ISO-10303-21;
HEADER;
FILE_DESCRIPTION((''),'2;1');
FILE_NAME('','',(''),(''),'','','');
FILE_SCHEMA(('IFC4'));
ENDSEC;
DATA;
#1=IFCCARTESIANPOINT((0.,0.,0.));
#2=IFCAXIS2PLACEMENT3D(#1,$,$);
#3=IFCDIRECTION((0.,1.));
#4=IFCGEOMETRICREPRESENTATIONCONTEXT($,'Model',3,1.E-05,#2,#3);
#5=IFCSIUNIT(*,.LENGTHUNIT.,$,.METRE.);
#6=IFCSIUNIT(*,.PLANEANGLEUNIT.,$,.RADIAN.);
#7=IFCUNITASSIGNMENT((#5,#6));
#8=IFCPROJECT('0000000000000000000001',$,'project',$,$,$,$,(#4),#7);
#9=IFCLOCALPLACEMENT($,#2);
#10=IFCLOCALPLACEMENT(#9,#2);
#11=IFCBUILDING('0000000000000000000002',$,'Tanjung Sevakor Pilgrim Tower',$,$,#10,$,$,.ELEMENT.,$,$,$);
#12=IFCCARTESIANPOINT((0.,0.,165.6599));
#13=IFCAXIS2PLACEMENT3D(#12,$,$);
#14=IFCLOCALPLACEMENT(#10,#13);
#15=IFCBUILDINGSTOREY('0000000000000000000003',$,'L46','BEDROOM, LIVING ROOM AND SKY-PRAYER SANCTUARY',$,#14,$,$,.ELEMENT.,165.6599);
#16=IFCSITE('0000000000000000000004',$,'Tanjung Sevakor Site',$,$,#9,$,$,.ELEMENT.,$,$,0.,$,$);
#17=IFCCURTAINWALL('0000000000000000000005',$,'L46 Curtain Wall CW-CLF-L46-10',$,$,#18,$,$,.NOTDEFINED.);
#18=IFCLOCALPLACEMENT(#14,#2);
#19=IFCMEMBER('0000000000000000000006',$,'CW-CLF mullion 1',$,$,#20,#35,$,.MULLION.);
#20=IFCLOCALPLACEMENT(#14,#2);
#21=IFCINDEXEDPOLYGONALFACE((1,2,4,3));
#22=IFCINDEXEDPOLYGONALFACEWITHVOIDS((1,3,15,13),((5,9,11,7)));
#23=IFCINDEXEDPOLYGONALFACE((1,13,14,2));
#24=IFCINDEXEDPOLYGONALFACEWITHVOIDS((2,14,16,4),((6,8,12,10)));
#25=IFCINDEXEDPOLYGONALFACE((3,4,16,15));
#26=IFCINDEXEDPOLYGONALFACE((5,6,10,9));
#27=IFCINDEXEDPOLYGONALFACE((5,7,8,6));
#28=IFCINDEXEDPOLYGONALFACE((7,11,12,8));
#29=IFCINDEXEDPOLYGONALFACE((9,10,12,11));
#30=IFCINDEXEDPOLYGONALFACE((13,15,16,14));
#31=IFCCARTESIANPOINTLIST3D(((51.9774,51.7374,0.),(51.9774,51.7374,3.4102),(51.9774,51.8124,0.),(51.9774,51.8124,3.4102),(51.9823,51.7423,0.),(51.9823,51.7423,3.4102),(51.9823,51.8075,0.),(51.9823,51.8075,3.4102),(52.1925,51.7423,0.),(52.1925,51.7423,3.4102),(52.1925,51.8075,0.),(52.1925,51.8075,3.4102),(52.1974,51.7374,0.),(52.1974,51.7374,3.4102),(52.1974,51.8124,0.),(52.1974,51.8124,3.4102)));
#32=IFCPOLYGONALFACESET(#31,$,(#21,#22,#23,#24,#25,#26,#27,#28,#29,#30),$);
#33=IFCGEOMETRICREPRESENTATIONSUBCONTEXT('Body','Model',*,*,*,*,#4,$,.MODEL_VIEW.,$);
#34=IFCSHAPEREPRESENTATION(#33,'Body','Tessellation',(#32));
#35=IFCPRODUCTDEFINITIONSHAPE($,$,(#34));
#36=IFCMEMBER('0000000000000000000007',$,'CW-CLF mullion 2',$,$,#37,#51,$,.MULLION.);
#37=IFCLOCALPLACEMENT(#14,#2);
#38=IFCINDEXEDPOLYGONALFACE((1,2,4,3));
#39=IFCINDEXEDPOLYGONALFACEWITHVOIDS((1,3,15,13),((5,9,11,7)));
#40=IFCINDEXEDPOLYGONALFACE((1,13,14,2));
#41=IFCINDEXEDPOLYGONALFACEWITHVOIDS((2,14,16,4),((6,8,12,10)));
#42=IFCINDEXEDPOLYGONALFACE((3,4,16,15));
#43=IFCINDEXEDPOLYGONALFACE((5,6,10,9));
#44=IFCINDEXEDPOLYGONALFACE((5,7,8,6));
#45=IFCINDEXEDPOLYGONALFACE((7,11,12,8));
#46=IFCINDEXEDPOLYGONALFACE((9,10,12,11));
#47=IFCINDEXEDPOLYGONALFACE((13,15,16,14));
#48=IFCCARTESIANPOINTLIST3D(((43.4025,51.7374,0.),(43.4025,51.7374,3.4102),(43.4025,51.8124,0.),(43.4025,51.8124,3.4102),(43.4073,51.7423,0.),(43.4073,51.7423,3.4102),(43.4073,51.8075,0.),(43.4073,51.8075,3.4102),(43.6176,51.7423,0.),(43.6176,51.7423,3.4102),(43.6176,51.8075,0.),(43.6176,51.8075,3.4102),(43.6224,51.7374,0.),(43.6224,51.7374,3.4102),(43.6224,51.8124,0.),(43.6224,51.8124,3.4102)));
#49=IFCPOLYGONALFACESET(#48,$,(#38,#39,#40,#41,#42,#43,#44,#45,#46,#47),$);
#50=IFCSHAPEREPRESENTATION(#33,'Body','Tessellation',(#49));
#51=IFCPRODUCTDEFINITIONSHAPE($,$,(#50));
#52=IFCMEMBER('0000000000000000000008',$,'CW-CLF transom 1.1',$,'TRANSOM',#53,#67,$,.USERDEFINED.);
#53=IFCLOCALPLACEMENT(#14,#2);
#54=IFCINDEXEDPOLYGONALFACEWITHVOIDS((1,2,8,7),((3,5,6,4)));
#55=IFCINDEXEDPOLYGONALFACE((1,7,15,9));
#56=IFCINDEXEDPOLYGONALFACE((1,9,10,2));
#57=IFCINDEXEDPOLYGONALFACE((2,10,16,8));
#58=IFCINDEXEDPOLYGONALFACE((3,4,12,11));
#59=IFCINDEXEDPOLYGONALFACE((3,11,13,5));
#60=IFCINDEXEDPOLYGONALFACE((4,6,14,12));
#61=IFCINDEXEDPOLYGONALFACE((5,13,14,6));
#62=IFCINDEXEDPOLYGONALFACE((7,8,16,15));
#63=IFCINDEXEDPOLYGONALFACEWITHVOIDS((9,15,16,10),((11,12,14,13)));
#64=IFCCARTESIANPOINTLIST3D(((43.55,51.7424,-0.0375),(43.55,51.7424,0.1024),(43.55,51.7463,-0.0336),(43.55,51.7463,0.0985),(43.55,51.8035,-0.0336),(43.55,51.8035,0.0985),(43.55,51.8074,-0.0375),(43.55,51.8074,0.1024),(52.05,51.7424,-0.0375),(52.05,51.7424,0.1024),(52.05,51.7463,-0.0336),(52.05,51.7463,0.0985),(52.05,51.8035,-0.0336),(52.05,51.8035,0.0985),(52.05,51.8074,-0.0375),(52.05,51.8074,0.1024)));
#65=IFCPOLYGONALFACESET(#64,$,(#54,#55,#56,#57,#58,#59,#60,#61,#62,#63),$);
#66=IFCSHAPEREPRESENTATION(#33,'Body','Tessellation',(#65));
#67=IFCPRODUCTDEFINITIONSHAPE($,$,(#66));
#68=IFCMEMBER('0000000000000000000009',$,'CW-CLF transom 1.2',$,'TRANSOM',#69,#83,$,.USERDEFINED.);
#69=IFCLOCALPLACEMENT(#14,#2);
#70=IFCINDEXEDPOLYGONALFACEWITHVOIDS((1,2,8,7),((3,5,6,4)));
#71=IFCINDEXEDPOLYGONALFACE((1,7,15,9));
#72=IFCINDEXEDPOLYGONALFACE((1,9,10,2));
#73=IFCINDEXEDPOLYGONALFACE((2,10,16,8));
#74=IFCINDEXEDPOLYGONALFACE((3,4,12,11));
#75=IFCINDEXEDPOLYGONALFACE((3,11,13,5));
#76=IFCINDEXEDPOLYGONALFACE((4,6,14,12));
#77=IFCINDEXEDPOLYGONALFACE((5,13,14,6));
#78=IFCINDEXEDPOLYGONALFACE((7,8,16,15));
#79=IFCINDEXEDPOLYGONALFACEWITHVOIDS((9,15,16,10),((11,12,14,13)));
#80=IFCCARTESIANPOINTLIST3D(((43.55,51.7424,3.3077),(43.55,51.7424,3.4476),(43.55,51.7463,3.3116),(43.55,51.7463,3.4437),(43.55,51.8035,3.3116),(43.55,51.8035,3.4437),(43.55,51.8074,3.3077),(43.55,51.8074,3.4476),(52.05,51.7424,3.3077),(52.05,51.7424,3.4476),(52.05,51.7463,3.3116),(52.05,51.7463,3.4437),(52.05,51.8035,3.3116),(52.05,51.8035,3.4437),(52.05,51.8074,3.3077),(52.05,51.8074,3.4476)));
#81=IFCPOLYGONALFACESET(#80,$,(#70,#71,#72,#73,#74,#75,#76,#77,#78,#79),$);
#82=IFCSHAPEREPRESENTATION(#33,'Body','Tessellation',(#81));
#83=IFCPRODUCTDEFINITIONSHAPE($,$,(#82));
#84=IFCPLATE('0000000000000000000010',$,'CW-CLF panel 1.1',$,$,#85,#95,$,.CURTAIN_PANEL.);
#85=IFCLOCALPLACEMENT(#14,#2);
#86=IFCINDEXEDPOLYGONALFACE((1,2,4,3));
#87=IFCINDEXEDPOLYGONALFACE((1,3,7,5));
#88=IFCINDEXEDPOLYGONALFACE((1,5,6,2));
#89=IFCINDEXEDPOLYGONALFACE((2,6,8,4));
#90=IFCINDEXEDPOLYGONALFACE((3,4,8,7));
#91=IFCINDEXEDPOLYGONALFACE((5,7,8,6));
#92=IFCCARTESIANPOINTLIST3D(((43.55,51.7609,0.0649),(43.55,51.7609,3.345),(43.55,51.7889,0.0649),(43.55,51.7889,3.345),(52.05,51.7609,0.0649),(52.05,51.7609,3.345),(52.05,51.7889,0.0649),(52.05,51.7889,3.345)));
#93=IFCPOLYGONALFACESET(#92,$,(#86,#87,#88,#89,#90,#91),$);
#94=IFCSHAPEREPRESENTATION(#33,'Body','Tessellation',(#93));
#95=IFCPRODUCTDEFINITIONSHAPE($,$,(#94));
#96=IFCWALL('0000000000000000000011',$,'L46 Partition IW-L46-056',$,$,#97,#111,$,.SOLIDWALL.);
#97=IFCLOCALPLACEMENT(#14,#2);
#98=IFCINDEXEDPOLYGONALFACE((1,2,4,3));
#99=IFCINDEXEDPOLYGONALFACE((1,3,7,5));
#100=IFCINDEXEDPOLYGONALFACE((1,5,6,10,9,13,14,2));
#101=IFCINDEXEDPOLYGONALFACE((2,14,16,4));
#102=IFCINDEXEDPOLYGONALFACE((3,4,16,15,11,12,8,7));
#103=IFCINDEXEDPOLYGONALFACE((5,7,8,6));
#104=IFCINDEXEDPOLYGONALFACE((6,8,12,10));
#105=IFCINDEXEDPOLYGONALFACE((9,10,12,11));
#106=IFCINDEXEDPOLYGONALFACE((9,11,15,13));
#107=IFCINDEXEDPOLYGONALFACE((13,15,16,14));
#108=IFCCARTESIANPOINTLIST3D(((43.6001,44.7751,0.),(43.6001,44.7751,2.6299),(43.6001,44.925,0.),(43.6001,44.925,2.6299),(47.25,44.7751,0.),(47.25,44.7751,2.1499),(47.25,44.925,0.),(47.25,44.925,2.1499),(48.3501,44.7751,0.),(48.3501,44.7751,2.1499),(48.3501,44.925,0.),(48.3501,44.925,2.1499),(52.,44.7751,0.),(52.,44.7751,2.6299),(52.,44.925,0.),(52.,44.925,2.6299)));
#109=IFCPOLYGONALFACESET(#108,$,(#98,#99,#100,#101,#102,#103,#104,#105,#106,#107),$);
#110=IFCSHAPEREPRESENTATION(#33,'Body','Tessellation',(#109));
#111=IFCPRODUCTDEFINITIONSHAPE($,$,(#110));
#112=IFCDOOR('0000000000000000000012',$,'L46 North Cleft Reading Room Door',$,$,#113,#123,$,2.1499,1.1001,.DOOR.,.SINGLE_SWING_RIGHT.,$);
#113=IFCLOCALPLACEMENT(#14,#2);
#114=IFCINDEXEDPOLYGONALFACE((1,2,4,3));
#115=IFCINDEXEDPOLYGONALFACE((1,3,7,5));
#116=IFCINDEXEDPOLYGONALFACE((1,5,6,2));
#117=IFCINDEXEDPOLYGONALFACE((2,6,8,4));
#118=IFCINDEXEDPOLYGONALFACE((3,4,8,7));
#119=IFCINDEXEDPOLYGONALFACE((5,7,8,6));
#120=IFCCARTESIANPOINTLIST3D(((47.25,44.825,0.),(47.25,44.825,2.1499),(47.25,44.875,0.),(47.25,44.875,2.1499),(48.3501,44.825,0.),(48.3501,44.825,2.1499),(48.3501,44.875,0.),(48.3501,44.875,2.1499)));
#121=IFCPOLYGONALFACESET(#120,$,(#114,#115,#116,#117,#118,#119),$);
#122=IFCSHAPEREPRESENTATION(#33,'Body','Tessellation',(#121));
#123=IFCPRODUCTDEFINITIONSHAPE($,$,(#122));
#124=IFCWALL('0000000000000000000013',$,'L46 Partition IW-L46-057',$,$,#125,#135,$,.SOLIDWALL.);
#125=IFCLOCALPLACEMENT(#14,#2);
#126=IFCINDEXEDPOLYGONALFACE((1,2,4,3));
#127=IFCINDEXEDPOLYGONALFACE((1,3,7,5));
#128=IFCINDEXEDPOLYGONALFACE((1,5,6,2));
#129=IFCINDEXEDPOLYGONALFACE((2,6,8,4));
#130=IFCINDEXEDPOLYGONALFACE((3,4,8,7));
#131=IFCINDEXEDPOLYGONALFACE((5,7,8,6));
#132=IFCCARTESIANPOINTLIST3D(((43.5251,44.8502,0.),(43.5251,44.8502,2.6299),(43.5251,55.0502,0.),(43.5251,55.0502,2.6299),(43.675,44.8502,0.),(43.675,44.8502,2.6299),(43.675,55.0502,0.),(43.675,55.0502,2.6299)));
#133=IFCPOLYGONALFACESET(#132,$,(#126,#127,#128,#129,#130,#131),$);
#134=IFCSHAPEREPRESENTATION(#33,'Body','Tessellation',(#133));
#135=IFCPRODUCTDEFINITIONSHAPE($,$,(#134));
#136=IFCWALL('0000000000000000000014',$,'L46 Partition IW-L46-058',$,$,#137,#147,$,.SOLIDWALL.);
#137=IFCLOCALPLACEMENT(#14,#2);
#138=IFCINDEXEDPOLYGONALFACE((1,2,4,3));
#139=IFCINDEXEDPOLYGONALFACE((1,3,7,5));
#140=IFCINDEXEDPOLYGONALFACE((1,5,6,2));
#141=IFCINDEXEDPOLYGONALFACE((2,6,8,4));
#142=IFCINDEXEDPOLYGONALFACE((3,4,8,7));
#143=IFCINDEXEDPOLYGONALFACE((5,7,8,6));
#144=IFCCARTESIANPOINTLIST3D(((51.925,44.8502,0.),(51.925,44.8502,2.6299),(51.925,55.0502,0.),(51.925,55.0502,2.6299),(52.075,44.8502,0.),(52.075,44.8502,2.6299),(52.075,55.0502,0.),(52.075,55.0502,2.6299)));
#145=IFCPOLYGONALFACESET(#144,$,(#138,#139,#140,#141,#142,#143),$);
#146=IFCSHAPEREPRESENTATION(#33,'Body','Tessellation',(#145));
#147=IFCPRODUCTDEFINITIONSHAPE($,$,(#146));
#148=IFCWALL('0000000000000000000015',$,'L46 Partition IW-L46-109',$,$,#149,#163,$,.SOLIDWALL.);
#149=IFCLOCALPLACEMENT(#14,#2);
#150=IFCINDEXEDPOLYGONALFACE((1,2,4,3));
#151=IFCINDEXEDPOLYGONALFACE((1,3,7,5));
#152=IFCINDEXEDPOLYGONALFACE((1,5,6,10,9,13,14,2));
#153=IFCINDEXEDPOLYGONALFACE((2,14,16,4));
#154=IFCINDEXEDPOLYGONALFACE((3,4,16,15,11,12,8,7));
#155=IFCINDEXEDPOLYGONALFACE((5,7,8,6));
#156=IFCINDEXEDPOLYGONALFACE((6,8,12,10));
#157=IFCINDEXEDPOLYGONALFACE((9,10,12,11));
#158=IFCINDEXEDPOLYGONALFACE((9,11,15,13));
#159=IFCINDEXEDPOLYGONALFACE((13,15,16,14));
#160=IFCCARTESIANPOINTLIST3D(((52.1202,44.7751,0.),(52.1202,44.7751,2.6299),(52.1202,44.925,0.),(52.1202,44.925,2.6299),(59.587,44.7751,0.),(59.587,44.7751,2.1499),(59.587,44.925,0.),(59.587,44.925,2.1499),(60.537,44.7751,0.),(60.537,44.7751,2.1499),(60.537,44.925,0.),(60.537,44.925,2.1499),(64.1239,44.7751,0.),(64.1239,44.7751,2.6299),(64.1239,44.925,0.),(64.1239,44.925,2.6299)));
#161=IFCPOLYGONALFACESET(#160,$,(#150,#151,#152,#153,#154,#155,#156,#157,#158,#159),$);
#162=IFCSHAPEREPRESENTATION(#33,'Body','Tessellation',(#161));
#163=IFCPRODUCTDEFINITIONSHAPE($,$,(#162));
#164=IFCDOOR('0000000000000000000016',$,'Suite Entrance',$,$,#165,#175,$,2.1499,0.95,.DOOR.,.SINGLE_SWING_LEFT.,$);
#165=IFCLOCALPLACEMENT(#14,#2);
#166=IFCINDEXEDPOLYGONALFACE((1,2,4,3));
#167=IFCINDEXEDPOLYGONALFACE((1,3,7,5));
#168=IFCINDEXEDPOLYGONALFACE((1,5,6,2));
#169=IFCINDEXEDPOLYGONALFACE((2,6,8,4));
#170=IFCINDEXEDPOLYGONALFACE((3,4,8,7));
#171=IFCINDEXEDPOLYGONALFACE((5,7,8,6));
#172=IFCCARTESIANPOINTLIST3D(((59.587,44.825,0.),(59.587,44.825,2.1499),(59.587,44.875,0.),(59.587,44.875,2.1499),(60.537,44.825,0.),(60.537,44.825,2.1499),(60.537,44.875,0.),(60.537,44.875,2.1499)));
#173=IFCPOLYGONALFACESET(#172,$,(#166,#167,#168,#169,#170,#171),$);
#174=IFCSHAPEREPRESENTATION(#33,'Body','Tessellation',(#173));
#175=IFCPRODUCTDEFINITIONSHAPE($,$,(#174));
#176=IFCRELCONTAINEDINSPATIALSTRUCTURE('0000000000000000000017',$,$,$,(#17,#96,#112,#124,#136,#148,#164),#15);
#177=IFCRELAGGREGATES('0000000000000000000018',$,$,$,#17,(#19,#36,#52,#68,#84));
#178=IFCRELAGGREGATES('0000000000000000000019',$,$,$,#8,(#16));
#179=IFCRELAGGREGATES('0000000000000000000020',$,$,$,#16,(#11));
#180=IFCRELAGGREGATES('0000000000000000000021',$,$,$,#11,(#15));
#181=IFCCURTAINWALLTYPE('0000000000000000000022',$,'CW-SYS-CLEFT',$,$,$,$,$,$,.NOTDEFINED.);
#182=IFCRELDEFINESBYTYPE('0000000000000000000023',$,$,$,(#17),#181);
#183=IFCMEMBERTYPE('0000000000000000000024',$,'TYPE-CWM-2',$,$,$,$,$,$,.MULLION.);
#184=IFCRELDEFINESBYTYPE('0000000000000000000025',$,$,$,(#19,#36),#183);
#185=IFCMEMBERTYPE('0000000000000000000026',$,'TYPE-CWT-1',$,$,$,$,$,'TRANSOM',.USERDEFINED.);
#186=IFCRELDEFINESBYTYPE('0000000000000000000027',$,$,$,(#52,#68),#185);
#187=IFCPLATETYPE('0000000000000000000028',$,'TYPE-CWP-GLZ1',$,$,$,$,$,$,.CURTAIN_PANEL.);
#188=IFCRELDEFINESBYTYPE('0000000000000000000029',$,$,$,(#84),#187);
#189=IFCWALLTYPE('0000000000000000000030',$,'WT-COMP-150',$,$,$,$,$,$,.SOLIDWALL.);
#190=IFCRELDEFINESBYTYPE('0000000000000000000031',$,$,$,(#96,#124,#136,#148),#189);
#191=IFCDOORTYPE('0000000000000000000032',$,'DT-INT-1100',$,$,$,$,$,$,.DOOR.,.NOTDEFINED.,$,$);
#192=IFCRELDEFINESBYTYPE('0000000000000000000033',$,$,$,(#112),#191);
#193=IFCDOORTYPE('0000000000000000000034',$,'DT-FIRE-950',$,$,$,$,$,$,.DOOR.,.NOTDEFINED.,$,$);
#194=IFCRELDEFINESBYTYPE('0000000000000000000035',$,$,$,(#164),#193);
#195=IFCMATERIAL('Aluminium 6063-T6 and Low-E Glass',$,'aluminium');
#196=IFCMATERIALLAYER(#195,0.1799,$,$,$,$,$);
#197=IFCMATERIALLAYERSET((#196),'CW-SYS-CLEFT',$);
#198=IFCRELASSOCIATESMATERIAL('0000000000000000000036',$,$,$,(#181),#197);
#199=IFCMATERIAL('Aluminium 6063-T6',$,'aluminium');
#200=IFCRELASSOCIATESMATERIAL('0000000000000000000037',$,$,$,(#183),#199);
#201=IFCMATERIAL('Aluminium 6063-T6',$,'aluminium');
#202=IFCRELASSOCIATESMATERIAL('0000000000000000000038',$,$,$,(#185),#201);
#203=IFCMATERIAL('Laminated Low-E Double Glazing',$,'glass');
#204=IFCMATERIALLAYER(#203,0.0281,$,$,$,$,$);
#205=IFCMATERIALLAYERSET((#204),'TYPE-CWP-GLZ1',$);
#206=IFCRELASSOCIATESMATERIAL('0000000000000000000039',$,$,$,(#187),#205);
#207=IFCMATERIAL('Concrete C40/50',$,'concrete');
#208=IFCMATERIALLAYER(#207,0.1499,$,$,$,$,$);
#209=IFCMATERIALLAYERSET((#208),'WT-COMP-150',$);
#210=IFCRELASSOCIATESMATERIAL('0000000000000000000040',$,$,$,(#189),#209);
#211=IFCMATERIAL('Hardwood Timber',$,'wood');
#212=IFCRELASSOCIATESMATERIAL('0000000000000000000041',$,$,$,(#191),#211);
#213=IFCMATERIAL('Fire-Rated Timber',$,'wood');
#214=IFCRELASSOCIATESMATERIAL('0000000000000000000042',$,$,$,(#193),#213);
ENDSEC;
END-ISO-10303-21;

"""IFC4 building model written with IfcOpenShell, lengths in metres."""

from ifc_helpers import new_model, si_unit, direction, frame, frame_2d, origin, origin_2d, place, context, subcontext, project, spatial, rectangle, hollow_rectangle, extrude, material, layer, layer_set, material_profile, profile_set, type_object, element, fill, aggregate, save


model = new_model("IFC4")

# Units and contexts
model_context = context("Model", 3, precision=1e-05, world=origin(), true_north=direction((0.0, 1.0)))
body_context = subcontext(model_context, "Body", "Model", "MODEL_VIEW")
ifc_project = project(units=[si_unit("LENGTHUNIT", "METRE"), si_unit("PLANEANGLEUNIT", "RADIAN")], contexts=[model_context])

# Site, building, storey
site_placement = place(None, origin())
site = spatial("IfcSite", under=ifc_project, at=site_placement, Name="Tanjung Sevakor Site", CompositionType="ELEMENT", RefElevation=0.0)
building_placement = place(site_placement, origin())
building = spatial("IfcBuilding", under=site, at=building_placement, Name="Tanjung Sevakor Pilgrim Tower", CompositionType="ELEMENT")
storey_placement = place(building_placement, frame((0.0, 0.0, 165.6599)))
storey = spatial("IfcBuildingStorey", under=building, at=storey_placement, Name="L46", Description="BEDROOM, LIVING ROOM AND SKY-PRAYER SANCTUARY", CompositionType="ELEMENT", Elevation=165.6599)

# Curtain wall, members, plate
ifc_material_1 = material(Name="Aluminium 6063-T6 and Low-E Glass", Category="aluminium")
ifc_layer_1 = layer(ifc_material_1, 0.1799)
ifc_layer_set_1 = layer_set([ifc_layer_1], Name="CW-SYS-CLEFT")
curtain_wall_type = type_object("IfcCurtainWallType", Name="CW-SYS-CLEFT", PredefinedType="NOTDEFINED", material=ifc_layer_set_1)
curtain_wall_placement = place(storey_placement, origin())
curtain_wall = element("IfcCurtainWall", 1, at=curtain_wall_placement, inside=storey, type_object=curtain_wall_type, Name="L46 Curtain Wall CW-CLF-L46-10", PredefinedType="NOTDEFINED")
ifc_material_2 = material(Name="Aluminium 6063-T6", Category="aluminium")
ifc_material_profile_1 = material_profile(ifc_material_2, hollow_rectangle(XDim=0.075, YDim=0.22, WallThickness=0.0049, at=origin_2d()))
ifc_profile_set_1 = profile_set([ifc_material_profile_1], Name="Aluminium 6063-T6")
member_type_1 = type_object("IfcMemberType", Name="TYPE-CWM-2", PredefinedType="MULLION", material=ifc_profile_set_1)
member_1_placement = place(storey_placement, frame((52.0874, 51.7749, 0.0), z_axis=(0.0, 0.0, 1.0), x_axis=(0.0, -1.0, 0.0)))
member_1 = element("IfcMember", 2, at=member_1_placement, type_object=member_type_1, Name="CW-CLF mullion 1", PredefinedType="MULLION", context=body_context, shape_type="SweptSolid", body=[
    extrude(hollow_rectangle(XDim=0.075, YDim=0.22, WallThickness=0.0049, at=origin_2d()), origin(), (0.0, 0.0, 1.0), 3.4102),
])
member_2_placement = place(storey_placement, frame((43.5125, 51.7749, 0.0), z_axis=(0.0, 0.0, 1.0), x_axis=(0.0, -1.0, 0.0)))
member_2 = element("IfcMember", 3, at=member_2_placement, type_object=member_type_1, Name="CW-CLF mullion 2", PredefinedType="MULLION", context=body_context, shape_type="SweptSolid", body=[
    extrude(hollow_rectangle(XDim=0.075, YDim=0.22, WallThickness=0.0049, at=origin_2d()), origin(), (0.0, 0.0, 1.0), 3.4102),
])
ifc_material_3 = material(Name="Aluminium 6063-T6", Category="aluminium")
ifc_material_profile_2 = material_profile(ifc_material_3, hollow_rectangle(XDim=0.0649, YDim=0.1399, WallThickness=0.0039, at=origin_2d()))
ifc_profile_set_2 = profile_set([ifc_material_profile_2], Name="Aluminium 6063-T6")
member_type_2 = type_object("IfcMemberType", Name="TYPE-CWT-1", ElementType="TRANSOM", PredefinedType="USERDEFINED", material=ifc_profile_set_2)
member_3_placement = place(storey_placement, frame((52.05, 51.7749, 0.0325), z_axis=(-1.0, 0.0, 0.0), x_axis=(0.0, -1.0, 0.0)))
member_3 = element("IfcMember", 4, at=member_3_placement, type_object=member_type_2, Name="CW-CLF transom 1.1", ObjectType="TRANSOM", PredefinedType="USERDEFINED", context=body_context, shape_type="SweptSolid", body=[
    extrude(hollow_rectangle(XDim=0.0649, YDim=0.1399, WallThickness=0.0039, at=origin_2d()), origin(), (0.0, 0.0, 1.0), 8.5),
])
member_4_placement = place(storey_placement, frame((52.05, 51.7749, 3.3777), z_axis=(-1.0, 0.0, 0.0), x_axis=(0.0, -1.0, 0.0)))
member_4 = element("IfcMember", 5, at=member_4_placement, type_object=member_type_2, Name="CW-CLF transom 1.2", ObjectType="TRANSOM", PredefinedType="USERDEFINED", context=body_context, shape_type="SweptSolid", body=[
    extrude(hollow_rectangle(XDim=0.0649, YDim=0.1399, WallThickness=0.0039, at=origin_2d()), origin(), (0.0, 0.0, 1.0), 8.5),
])
ifc_material_4 = material(Name="Laminated Low-E Double Glazing", Category="glass")
ifc_layer_2 = layer(ifc_material_4, 0.0281)
ifc_layer_set_2 = layer_set([ifc_layer_2], Name="TYPE-CWP-GLZ1")
plate_type = type_object("IfcPlateType", Name="TYPE-CWP-GLZ1", PredefinedType="CURTAIN_PANEL", material=ifc_layer_set_2)
plate_placement = place(storey_placement, frame((47.8, 51.7749, 0.0649), z_axis=(0.0, 0.0, 1.0), x_axis=(-1.0, 0.0, 0.0)))
plate = element("IfcPlate", 6, at=plate_placement, type_object=plate_type, Name="CW-CLF panel 1.1", PredefinedType="CURTAIN_PANEL", context=body_context, shape_type="SweptSolid", body=[
    extrude(rectangle(XDim=8.5, YDim=0.0281, at=origin_2d()), origin(), (0.0, 0.0, 1.0), 3.28),
])
aggregate(curtain_wall, [member_1, member_2, member_3, member_4, plate])

# Wall, opening, door
ifc_material_5 = material(Name="Concrete C40/50", Category="concrete")
ifc_layer_3 = layer(ifc_material_5, 0.1499)
ifc_layer_set_3 = layer_set([ifc_layer_3], Name="WT-COMP-150")
wall_type_1 = type_object("IfcWallType", Name="WT-COMP-150", PredefinedType="SOLIDWALL", material=ifc_layer_set_3)
wall_1_placement = place(storey_placement, frame((43.6001, 44.8501, 0.0), z_axis=(0.0, 0.0, 1.0), x_axis=(1.0, 0.0, 0.0)))
wall_1 = element("IfcWall", 7, at=wall_1_placement, inside=storey, type_object=wall_type_1, Name="L46 Partition IW-L46-056", PredefinedType="SOLIDWALL", context=body_context, shape_type="SweptSolid", body=[
    extrude(rectangle(XDim=8.3999, YDim=0.1499, at=frame_2d((4.2, 0.0))), origin(), (0.0, 0.0, 1.0), 2.6299),
])
opening_1_placement = place(wall_1_placement, frame((3.6499, 0.0, 0.0)))
opening_1 = element("IfcOpeningElement", 8, at=opening_1_placement, cuts=wall_1, PredefinedType="OPENING", context=body_context, shape_type="SweptSolid", body=[
    extrude(rectangle(XDim=1.1001, YDim=2.1499, at=frame_2d((0.55, 1.075))), frame((0.0, 0.085, 0.0), z_axis=(0.0, -1.0, 0.0), x_axis=(1.0, 0.0, 0.0)), (0.0, 0.0, 1.0), 0.1699),
])
ifc_material_6 = material(Name="Hardwood Timber", Category="wood")
door_type_1 = type_object("IfcDoorType", Name="DT-INT-1100", OperationType="NOTDEFINED", PredefinedType="DOOR", material=ifc_material_6)
door_1_placement = place(opening_1_placement, origin())
door_1 = element("IfcDoor", 9, at=door_1_placement, inside=storey, type_object=door_type_1, Name="L46 North Cleft Reading Room Door", OperationType="SINGLE_SWING_RIGHT", OverallHeight=2.1499, OverallWidth=1.1001, PredefinedType="DOOR", context=body_context, shape_type="SweptSolid", body=[
    extrude(rectangle(XDim=1.1001, YDim=2.1499, at=frame_2d((0.55, 1.075))), frame((0.0, 0.0249, 0.0), z_axis=(0.0, -1.0, 0.0), x_axis=(1.0, 0.0, 0.0)), (0.0, 0.0, 1.0), 0.05),
])
fill(opening_1, door_1)

# Walls
for number, where, z_axis, x_axis, name in (
    (10, (43.6001, 44.8501, 0.0), (0.0, 0.0, 1.0), (0.0, 1.0, 0.0), "L46 Partition IW-L46-057"),
    (11, (52.0, 44.8501, 0.0), (0.0, 0.0, 1.0), (0.0, 1.0, 0.0), "L46 Partition IW-L46-058"),
):
    element("IfcWall", number, at=place(storey_placement, frame(where, z_axis=z_axis, x_axis=x_axis)), inside=storey, type_object=wall_type_1, Name=name, PredefinedType="SOLIDWALL", context=body_context, shape_type="SweptSolid", body=[
        extrude(rectangle(XDim=10.2, YDim=0.1499, at=frame_2d((5.1001, 0.0))), origin(), (0.0, 0.0, 1.0), 2.6299),
    ])

# Wall, opening, door
wall_2_placement = place(storey_placement, frame((52.1201, 44.8501, 0.0), z_axis=(0.0, 0.0, 1.0), x_axis=(1.0, 0.0, 0.0)))
wall_2 = element("IfcWall", 12, at=wall_2_placement, inside=storey, type_object=wall_type_1, Name="L46 Partition IW-L46-109", PredefinedType="SOLIDWALL", context=body_context, shape_type="SweptSolid", body=[
    extrude(rectangle(XDim=12.0037, YDim=0.1499, at=frame_2d((6.002, 0.0))), origin(), (0.0, 0.0, 1.0), 2.6299),
])
opening_2_placement = place(wall_2_placement, frame((7.4668, 0.0, 0.0)))
opening_2 = element("IfcOpeningElement", 13, at=opening_2_placement, cuts=wall_2, PredefinedType="OPENING", context=body_context, shape_type="SweptSolid", body=[
    extrude(rectangle(XDim=0.95, YDim=2.1499, at=frame_2d((0.4751, 1.075))), frame((0.0, 0.085, 0.0), z_axis=(0.0, -1.0, 0.0), x_axis=(1.0, 0.0, 0.0)), (0.0, 0.0, 1.0), 0.1699),
])
ifc_material_7 = material(Name="Fire-Rated Timber", Category="wood")
door_type_2 = type_object("IfcDoorType", Name="DT-FIRE-950", OperationType="NOTDEFINED", PredefinedType="DOOR", material=ifc_material_7)
door_2_placement = place(opening_2_placement, origin())
door_2 = element("IfcDoor", 14, at=door_2_placement, inside=storey, type_object=door_type_2, Name="Suite Entrance", OperationType="SINGLE_SWING_LEFT", OverallHeight=2.1499, OverallWidth=0.95, PredefinedType="DOOR", context=body_context, shape_type="SweptSolid", body=[
    extrude(rectangle(XDim=0.95, YDim=2.1499, at=frame_2d((0.4751, 1.075))), frame((0.0, 0.0249, 0.0), z_axis=(0.0, -1.0, 0.0), x_axis=(1.0, 0.0, 0.0)), (0.0, 0.0, 1.0), 0.05),
])
fill(opening_2, door_2)

save(model, "model.ifc")
